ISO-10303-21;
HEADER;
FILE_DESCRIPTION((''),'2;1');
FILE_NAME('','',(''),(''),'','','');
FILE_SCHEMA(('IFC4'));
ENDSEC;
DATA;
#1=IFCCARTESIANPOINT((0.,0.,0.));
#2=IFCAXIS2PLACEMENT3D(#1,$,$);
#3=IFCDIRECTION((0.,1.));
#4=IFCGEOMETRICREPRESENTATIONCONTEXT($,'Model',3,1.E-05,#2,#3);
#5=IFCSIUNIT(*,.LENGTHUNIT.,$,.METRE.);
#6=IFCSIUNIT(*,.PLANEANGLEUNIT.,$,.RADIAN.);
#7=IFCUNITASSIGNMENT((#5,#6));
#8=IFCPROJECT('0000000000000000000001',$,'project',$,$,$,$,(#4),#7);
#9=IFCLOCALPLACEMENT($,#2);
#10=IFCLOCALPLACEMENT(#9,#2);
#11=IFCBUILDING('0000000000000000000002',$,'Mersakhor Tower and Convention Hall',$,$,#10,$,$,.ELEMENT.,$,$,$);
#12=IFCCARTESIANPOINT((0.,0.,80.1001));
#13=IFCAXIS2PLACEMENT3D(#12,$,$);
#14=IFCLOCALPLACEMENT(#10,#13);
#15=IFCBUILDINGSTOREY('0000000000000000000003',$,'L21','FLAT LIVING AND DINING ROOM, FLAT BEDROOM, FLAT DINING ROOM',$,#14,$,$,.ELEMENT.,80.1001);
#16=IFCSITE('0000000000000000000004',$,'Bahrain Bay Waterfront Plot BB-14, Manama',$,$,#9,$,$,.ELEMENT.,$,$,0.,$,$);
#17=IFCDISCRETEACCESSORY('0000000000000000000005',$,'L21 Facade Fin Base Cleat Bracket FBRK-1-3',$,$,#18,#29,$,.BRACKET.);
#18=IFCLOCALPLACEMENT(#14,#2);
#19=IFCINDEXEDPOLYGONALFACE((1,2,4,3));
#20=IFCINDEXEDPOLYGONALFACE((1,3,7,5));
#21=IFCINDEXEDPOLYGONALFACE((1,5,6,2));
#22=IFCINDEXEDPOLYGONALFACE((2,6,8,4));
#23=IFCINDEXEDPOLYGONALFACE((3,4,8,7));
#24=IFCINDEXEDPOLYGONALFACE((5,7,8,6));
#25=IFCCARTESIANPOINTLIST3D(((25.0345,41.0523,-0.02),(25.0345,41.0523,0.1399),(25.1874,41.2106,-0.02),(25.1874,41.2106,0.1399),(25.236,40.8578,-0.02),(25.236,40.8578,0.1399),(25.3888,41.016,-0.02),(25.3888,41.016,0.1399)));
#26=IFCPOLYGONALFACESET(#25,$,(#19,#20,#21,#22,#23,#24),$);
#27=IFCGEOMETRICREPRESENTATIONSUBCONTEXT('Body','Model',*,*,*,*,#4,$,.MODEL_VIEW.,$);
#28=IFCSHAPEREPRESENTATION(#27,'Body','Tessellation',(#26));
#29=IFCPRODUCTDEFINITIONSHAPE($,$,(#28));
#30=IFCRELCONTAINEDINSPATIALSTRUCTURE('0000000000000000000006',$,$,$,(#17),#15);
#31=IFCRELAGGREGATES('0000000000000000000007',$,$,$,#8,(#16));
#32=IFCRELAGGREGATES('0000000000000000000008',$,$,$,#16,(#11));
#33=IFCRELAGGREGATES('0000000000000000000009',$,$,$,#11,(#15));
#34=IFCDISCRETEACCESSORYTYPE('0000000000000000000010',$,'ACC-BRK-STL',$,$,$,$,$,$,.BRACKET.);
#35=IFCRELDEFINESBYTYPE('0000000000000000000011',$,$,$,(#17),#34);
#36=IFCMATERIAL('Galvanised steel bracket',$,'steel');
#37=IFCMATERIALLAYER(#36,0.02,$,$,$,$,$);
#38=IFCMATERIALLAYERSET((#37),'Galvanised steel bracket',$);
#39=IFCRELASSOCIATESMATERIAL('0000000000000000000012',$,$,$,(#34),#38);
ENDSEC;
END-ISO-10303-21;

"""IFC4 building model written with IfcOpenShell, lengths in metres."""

from ifc_helpers import new_model, si_unit, direction, frame, origin, origin_2d, place, context, subcontext, project, spatial, rectangle, extrude, material, layer, layer_set, type_object, element, save


model = new_model("IFC4")

# Units and contexts
model_context = context("Model", 3, precision=1e-05, world=origin(), true_north=direction((0.0, 1.0)))
body_context = subcontext(model_context, "Body", "Model", "MODEL_VIEW")
ifc_project = project(units=[si_unit("LENGTHUNIT", "METRE"), si_unit("PLANEANGLEUNIT", "RADIAN")], contexts=[model_context])

# Site, building, storey
site_placement = place(None, origin())
site = spatial("IfcSite", under=ifc_project, at=site_placement, Name="Bahrain Bay Waterfront Plot BB-14, Manama", CompositionType="ELEMENT", RefElevation=0.0)
building_placement = place(site_placement, origin())
building = spatial("IfcBuilding", under=site, at=building_placement, Name="Mersakhor Tower and Convention Hall", CompositionType="ELEMENT")
storey_placement = place(building_placement, frame((0.0, 0.0, 80.1001)))
storey = spatial("IfcBuildingStorey", under=building, at=storey_placement, Name="L21", Description="FLAT LIVING AND DINING ROOM, FLAT BEDROOM, FLAT DINING ROOM", CompositionType="ELEMENT", Elevation=80.1001)

# Discrete accessory
ifc_material_1 = material(Name="Galvanised steel bracket", Category="steel")
ifc_layer_1 = layer(ifc_material_1, 0.02)
ifc_layer_set_1 = layer_set([ifc_layer_1], Name="Galvanised steel bracket")
discrete_accessory_type = type_object("IfcDiscreteAccessoryType", Name="ACC-BRK-STL", PredefinedType="BRACKET", material=ifc_layer_set_1)
discrete_accessory_1_placement = place(storey_placement, frame((25.2117, 41.0342, -0.02), z_axis=(0.0, 0.0, 1.0), x_axis=(-0.71934, 0.694658, 0.0)))
element("IfcDiscreteAccessory", 1, at=discrete_accessory_1_placement, inside=storey, type_object=discrete_accessory_type, Name="L21 Facade Fin Base Cleat Bracket FBRK-1-3", PredefinedType="BRACKET", context=body_context, shape_type="SweptSolid", body=[
    extrude(rectangle(XDim=0.28, YDim=0.22, at=origin_2d()), origin(), (0.0, 0.0, 1.0), 0.1599),
])

save(model, "model.ifc")
